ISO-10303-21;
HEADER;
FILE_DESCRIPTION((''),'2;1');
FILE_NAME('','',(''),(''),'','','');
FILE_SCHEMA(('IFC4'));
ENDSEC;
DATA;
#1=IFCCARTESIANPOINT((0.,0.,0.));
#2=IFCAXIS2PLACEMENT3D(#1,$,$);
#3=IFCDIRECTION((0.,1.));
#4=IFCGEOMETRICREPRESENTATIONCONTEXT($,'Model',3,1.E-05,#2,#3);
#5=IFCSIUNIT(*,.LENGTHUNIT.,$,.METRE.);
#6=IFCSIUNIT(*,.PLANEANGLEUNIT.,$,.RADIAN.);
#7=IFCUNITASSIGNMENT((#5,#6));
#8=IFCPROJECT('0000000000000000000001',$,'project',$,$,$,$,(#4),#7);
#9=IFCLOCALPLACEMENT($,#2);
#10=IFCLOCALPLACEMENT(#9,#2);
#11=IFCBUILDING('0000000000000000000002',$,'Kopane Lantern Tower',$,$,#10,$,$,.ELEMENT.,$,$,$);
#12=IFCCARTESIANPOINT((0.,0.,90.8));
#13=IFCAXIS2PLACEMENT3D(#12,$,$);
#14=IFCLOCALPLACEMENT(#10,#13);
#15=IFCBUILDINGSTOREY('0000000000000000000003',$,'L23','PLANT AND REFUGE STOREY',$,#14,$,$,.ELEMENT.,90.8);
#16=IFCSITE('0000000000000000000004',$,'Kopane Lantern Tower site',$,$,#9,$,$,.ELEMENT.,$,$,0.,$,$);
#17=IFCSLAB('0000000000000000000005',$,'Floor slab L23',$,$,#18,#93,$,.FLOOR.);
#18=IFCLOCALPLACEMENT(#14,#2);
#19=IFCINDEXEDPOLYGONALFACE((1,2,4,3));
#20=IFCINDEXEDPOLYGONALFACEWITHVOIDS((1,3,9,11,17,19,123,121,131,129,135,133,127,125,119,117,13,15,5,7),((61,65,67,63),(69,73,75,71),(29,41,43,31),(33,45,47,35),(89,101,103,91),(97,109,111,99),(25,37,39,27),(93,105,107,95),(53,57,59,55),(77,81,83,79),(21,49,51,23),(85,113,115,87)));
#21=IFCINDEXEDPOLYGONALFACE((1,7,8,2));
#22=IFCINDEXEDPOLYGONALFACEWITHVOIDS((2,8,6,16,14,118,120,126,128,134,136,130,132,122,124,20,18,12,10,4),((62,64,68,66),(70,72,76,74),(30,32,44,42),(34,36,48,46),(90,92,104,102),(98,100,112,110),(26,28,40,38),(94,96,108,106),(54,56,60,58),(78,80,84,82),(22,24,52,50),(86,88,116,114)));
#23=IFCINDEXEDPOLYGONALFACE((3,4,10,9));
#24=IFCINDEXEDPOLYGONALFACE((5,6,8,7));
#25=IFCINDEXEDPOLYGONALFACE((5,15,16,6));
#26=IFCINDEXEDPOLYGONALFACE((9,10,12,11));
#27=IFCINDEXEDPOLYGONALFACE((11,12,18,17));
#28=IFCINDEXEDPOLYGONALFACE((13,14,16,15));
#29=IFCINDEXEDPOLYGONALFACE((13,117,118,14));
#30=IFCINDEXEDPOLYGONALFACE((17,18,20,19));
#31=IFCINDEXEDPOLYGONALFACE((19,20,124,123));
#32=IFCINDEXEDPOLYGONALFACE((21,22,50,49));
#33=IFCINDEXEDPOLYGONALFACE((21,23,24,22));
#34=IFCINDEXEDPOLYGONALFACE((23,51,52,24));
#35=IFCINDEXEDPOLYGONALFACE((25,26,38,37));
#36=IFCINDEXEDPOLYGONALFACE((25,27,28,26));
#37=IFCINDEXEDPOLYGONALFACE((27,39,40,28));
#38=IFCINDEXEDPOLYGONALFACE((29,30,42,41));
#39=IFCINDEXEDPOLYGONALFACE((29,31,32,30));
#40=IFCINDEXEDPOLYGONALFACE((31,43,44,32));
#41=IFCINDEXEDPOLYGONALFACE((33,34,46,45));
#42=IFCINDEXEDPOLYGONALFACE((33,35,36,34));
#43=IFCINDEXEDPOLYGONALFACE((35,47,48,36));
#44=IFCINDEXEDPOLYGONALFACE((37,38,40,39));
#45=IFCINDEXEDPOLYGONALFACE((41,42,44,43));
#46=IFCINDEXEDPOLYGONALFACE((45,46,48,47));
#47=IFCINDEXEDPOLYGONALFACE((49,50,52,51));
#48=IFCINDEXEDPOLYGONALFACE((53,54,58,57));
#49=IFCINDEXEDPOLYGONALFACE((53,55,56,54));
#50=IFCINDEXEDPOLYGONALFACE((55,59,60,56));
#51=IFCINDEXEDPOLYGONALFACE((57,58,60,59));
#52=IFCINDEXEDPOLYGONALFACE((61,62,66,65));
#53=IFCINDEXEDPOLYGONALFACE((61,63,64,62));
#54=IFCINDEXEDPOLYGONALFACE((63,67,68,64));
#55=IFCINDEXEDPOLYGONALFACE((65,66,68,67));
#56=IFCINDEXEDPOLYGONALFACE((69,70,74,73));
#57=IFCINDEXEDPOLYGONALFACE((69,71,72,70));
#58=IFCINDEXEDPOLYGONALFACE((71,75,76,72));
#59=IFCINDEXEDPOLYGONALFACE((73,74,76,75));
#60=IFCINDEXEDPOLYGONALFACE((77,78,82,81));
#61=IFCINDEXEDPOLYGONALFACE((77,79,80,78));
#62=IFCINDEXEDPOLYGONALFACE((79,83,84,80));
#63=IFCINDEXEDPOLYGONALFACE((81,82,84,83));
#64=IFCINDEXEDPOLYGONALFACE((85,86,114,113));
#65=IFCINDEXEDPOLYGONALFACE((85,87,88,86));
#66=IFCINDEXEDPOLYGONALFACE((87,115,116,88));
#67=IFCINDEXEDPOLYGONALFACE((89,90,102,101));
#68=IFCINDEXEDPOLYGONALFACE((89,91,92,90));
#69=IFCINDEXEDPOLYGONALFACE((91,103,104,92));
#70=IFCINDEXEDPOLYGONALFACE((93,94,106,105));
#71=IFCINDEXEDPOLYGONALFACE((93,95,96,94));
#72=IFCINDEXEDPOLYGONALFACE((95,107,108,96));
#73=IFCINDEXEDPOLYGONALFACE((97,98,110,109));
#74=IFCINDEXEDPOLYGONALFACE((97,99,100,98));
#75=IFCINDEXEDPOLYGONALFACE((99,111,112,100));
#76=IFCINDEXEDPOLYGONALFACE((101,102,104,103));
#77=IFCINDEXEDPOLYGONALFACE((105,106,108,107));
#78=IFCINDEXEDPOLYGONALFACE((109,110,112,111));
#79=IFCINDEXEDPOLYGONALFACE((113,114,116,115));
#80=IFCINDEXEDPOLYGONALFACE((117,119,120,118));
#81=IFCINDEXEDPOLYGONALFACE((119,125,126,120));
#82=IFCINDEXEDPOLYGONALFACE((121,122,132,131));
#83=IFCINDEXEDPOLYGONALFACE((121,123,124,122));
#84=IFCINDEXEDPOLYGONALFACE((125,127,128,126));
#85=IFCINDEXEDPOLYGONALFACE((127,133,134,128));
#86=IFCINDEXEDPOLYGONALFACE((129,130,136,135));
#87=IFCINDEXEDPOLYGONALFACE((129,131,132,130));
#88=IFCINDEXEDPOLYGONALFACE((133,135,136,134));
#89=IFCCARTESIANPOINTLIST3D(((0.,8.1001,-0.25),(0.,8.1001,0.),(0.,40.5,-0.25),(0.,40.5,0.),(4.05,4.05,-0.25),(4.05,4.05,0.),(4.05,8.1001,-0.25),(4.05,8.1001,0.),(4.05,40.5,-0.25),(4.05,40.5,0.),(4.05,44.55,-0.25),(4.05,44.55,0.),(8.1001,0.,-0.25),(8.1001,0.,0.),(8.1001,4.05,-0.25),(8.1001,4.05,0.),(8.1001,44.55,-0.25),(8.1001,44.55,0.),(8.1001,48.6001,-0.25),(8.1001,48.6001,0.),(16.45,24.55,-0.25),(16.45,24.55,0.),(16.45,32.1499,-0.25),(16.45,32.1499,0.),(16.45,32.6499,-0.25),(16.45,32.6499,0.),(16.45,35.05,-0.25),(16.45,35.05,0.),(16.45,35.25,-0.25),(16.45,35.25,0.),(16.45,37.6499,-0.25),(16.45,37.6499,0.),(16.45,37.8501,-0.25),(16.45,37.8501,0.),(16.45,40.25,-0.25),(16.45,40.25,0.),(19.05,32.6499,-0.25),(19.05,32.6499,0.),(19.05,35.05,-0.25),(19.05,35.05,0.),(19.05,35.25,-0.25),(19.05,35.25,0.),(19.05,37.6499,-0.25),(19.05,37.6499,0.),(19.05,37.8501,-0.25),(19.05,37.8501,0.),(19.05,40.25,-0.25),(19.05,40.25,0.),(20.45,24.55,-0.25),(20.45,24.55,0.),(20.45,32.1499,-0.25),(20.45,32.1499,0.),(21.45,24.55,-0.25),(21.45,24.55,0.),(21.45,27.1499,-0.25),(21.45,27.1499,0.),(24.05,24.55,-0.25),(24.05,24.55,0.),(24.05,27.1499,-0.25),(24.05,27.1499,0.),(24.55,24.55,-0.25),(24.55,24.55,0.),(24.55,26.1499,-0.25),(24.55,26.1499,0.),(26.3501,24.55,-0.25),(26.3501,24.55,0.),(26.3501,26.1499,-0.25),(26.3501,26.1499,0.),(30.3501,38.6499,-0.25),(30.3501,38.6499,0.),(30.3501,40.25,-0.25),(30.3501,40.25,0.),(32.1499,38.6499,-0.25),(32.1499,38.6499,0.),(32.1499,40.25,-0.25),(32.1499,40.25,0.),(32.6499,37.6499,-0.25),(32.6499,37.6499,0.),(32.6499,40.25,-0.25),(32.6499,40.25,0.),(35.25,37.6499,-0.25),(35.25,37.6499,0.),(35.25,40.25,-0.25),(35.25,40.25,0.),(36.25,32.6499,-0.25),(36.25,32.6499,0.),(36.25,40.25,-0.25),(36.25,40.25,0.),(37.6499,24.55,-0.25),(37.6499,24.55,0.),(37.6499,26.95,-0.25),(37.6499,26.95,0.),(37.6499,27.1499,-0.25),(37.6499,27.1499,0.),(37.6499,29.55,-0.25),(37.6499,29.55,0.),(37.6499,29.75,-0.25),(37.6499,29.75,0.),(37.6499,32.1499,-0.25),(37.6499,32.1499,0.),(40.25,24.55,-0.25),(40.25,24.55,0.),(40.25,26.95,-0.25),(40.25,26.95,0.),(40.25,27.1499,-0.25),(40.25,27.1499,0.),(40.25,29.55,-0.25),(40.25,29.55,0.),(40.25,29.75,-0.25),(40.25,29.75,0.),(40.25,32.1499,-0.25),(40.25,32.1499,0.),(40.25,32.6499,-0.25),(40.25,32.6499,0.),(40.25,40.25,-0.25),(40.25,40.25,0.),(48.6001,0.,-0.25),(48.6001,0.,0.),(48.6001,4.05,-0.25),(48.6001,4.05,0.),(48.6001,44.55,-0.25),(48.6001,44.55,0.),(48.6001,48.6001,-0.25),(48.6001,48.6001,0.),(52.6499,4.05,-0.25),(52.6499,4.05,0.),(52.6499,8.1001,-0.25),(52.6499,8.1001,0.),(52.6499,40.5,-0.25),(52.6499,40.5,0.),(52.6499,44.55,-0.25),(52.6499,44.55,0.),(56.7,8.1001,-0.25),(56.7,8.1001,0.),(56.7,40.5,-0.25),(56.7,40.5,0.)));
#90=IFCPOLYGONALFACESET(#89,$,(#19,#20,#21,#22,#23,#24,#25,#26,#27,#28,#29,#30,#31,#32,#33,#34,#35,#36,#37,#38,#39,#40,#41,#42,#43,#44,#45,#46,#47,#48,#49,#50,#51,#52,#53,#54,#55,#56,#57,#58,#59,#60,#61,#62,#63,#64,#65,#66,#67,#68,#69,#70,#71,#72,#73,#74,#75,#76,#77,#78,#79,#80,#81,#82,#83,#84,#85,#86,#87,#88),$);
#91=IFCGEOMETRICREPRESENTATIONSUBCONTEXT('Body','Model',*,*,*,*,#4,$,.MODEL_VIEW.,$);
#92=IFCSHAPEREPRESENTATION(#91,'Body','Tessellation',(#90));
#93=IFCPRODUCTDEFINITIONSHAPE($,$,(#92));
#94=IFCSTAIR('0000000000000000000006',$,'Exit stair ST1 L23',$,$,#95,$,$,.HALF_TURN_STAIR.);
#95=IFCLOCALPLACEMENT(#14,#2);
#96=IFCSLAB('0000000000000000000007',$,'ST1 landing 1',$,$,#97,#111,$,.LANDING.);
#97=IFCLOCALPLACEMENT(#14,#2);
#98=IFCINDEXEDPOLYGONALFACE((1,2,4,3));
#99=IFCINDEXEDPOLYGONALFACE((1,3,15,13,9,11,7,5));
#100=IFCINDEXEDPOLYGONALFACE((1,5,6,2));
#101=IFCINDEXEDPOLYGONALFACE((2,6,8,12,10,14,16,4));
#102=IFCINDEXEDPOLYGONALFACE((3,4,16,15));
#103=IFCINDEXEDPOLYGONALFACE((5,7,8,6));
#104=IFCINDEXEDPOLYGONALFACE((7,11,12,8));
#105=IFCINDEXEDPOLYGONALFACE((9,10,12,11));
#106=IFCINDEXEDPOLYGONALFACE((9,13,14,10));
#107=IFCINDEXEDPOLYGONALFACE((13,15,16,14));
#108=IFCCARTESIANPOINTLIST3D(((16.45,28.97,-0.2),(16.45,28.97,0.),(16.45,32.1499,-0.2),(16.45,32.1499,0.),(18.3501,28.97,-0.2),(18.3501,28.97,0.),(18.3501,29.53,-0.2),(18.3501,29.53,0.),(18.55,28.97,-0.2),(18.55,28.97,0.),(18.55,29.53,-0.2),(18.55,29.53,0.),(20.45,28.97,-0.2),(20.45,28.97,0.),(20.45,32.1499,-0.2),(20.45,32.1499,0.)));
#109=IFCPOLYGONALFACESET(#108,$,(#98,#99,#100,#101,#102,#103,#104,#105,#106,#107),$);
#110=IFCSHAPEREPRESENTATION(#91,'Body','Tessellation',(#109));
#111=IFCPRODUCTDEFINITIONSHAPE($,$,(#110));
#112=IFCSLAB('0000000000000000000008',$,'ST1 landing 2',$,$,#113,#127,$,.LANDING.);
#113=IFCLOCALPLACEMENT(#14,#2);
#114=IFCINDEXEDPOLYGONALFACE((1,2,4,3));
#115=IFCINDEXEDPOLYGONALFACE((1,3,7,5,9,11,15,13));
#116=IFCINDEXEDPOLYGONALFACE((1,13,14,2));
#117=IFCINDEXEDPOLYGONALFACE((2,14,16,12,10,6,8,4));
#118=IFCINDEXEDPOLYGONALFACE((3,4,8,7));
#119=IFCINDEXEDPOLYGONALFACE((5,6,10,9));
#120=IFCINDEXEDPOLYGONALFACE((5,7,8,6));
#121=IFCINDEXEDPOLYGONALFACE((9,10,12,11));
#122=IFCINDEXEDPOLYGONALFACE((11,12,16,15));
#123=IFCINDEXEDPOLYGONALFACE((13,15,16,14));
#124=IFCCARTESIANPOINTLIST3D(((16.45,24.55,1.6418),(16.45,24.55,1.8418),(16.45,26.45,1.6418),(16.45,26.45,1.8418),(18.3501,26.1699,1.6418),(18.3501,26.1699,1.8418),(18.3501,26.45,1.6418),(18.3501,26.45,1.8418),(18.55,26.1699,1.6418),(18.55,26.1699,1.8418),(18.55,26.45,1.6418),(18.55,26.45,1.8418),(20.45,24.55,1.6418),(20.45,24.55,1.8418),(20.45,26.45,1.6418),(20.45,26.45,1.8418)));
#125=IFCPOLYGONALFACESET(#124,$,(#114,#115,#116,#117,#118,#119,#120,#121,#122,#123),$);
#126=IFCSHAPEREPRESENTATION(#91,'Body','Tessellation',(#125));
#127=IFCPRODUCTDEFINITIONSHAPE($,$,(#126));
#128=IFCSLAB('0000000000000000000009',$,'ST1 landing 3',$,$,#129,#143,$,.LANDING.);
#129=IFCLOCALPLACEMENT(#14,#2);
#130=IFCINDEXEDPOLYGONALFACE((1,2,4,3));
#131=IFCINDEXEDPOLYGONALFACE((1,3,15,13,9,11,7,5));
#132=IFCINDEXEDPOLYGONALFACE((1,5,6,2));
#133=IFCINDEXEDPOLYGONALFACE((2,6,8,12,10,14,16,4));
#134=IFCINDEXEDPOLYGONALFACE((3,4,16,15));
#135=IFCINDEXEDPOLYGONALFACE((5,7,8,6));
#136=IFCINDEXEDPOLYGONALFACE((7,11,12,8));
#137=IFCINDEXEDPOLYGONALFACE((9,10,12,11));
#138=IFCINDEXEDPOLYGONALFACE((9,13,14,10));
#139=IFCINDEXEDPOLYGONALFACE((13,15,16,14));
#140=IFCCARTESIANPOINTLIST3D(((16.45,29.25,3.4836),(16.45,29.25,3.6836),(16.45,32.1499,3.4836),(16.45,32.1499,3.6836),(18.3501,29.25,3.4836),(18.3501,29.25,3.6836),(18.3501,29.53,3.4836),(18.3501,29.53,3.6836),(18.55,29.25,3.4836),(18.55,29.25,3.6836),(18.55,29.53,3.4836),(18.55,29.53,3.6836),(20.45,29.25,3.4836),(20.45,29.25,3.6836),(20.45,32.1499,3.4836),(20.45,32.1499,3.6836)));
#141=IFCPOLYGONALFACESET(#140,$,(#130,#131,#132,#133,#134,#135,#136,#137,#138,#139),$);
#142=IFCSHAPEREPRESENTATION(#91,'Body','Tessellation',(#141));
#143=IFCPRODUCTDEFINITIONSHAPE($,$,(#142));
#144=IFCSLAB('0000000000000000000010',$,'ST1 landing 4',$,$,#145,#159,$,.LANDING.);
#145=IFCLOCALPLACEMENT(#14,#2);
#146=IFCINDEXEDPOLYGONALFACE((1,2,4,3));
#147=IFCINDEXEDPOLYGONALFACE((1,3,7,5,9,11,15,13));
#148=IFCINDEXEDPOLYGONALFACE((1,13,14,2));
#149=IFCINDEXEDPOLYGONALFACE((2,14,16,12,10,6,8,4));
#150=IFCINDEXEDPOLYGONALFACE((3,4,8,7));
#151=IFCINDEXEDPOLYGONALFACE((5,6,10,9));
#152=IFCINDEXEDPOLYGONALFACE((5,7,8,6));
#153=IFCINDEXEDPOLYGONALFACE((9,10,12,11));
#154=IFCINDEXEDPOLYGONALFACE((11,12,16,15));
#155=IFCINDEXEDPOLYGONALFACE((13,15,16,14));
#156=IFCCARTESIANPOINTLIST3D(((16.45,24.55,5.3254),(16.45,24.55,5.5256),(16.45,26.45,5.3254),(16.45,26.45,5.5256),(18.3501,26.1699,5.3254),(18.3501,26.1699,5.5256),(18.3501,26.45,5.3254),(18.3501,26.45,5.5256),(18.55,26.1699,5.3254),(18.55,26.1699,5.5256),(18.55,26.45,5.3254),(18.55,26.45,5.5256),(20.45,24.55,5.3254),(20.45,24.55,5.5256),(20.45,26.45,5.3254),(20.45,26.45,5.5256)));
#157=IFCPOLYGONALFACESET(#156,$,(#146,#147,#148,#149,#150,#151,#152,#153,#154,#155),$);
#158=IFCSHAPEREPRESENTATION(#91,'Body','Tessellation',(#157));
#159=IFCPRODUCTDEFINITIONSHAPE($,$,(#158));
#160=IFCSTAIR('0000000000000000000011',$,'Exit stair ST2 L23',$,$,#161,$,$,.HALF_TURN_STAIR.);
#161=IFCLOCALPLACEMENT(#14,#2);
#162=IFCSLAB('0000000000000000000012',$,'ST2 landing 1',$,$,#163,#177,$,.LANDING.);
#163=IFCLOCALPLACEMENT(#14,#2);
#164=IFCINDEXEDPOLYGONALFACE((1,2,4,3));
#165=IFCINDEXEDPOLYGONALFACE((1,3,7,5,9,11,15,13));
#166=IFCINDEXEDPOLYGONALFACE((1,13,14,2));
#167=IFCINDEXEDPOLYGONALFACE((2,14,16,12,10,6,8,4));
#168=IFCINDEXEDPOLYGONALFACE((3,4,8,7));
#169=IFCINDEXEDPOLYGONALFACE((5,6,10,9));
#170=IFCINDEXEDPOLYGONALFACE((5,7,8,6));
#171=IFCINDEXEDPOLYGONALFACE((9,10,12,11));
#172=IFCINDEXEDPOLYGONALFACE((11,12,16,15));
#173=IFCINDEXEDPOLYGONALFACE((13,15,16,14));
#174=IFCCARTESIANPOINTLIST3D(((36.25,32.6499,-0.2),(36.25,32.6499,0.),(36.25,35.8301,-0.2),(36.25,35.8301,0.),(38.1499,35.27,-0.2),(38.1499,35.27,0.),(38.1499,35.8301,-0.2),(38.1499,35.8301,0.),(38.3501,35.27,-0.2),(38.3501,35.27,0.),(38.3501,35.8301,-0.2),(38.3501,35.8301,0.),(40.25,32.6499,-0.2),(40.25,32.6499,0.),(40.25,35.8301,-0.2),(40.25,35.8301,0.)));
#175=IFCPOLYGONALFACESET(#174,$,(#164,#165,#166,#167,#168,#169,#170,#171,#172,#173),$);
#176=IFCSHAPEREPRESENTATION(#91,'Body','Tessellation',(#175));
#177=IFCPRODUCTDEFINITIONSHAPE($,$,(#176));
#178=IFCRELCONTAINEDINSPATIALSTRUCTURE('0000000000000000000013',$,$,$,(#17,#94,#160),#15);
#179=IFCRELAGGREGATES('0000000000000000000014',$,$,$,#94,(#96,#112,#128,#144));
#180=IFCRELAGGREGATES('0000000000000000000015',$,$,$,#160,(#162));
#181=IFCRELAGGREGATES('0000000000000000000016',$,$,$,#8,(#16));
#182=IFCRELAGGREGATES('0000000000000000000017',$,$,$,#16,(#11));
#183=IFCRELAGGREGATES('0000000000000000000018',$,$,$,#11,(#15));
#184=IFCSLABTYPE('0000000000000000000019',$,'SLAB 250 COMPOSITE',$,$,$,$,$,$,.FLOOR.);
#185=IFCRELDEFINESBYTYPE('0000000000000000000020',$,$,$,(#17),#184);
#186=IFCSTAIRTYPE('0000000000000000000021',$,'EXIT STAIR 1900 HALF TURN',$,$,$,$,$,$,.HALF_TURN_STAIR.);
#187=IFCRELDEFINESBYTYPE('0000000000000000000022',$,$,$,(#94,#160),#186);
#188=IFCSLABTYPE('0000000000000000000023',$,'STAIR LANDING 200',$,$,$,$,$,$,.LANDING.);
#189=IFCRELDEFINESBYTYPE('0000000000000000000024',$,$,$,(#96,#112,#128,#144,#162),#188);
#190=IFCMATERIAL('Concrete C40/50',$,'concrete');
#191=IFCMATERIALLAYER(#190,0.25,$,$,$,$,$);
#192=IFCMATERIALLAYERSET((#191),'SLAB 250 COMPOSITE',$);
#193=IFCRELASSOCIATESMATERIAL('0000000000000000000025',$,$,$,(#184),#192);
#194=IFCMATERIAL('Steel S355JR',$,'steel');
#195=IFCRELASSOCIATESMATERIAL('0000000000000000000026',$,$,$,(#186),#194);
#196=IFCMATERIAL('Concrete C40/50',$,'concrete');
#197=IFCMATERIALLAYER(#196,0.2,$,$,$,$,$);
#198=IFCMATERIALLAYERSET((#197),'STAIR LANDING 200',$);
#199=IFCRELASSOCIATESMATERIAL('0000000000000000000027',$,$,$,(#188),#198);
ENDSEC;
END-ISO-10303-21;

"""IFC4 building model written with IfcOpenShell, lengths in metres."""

from ifc_helpers import new_model, si_unit, direction, frame, origin, place, context, subcontext, project, spatial, polyline, outline, extrude, material, layer, layer_set, type_object, element, aggregate, save


model = new_model("IFC4")

# Units and contexts
model_context = context("Model", 3, precision=1e-05, world=origin(), true_north=direction((0.0, 1.0)))
body_context = subcontext(model_context, "Body", "Model", "MODEL_VIEW")
ifc_project = project(units=[si_unit("LENGTHUNIT", "METRE"), si_unit("PLANEANGLEUNIT", "RADIAN")], contexts=[model_context])

# Site, building, storey
site_placement = place(None, origin())
site = spatial("IfcSite", under=ifc_project, at=site_placement, Name="Kopane Lantern Tower site", CompositionType="ELEMENT", RefElevation=0.0)
building_placement = place(site_placement, origin())
building = spatial("IfcBuilding", under=site, at=building_placement, Name="Kopane Lantern Tower", CompositionType="ELEMENT")
storey_placement = place(building_placement, frame((0.0, 0.0, 90.8)))
storey = spatial("IfcBuildingStorey", under=building, at=storey_placement, Name="L23", Description="PLANT AND REFUGE STOREY", CompositionType="ELEMENT", Elevation=90.8)

# Slab
ifc_material_1 = material(Name="Concrete C40/50", Category="concrete")
ifc_layer_1 = layer(ifc_material_1, 0.25)
ifc_layer_set_1 = layer_set([ifc_layer_1], Name="SLAB 250 COMPOSITE")
slab_type_1 = type_object("IfcSlabType", Name="SLAB 250 COMPOSITE", PredefinedType="FLOOR", material=ifc_layer_set_1)
slab_1_placement = place(storey_placement, frame((0.0, 0.0, -0.25)))
element("IfcSlab", 1, at=slab_1_placement, inside=storey, type_object=slab_type_1, Name="Floor slab L23", PredefinedType="FLOOR", context=body_context, shape_type="SweptSolid", body=[
    extrude(outline(polyline([(8.1001, 0.0), (48.6001, 0.0), (48.6001, 4.05), (52.6499, 4.05), (52.6499, 8.1001), (56.7, 8.1001), (56.7, 40.5), (52.6499, 40.5), (52.6499, 44.55), (48.6001, 44.55), (48.6001, 48.6001), (8.1001, 48.6001), (8.1001, 44.55), (4.05, 44.55), (4.05, 40.5), (0.0, 40.5), (0.0, 8.1001), (4.05, 8.1001), (4.05, 4.05), (8.1001, 4.05), (8.1001, 0.0)]), holes=[polyline([(16.45, 24.55), (20.45, 24.55), (20.45, 32.1499), (16.45, 32.1499), (16.45, 24.55)]), polyline([(36.25, 32.6499), (40.25, 32.6499), (40.25, 40.25), (36.25, 40.25), (36.25, 32.6499)]), polyline([(16.45, 32.6499), (19.05, 32.6499), (19.05, 35.05), (16.45, 35.05), (16.45, 32.6499)]), polyline([(16.45, 35.25), (19.05, 35.25), (19.05, 37.6499), (16.45, 37.6499), (16.45, 35.25)]), polyline([(16.45, 37.8501), (19.05, 37.8501), (19.05, 40.25), (16.45, 40.25), (16.45, 37.8501)]), polyline([(37.6499, 24.55), (40.25, 24.55), (40.25, 26.95), (37.6499, 26.95), (37.6499, 24.55)]), polyline([(37.6499, 27.1499), (40.25, 27.1499), (40.25, 29.55), (37.6499, 29.55), (37.6499, 27.1499)]), polyline([(37.6499, 29.75), (40.25, 29.75), (40.25, 32.1499), (37.6499, 32.1499), (37.6499, 29.75)]), polyline([(21.45, 24.55), (24.05, 24.55), (24.05, 27.1499), (21.45, 27.1499), (21.45, 24.55)]), polyline([(32.6499, 37.6499), (35.25, 37.6499), (35.25, 40.25), (32.6499, 40.25), (32.6499, 37.6499)]), polyline([(24.55, 24.55), (26.3501, 24.55), (26.3501, 26.1499), (24.55, 26.1499), (24.55, 24.55)]), polyline([(30.3501, 38.6499), (32.1499, 38.6499), (32.1499, 40.25), (30.3501, 40.25), (30.3501, 38.6499)])]), origin(), (0.0, 0.0, 1.0), 0.25),
])

# Stairs, slabs
ifc_material_2 = material(Name="Steel S355JR", Category="steel")
stair_type = type_object("IfcStairType", Name="EXIT STAIR 1900 HALF TURN", PredefinedType="HALF_TURN_STAIR", material=ifc_material_2)
stair_1_placement = place(storey_placement, origin())
stair_1 = element("IfcStair", 2, at=stair_1_placement, inside=storey, type_object=stair_type, Name="Exit stair ST1 L23", PredefinedType="HALF_TURN_STAIR")
ifc_material_3 = material(Name="Concrete C40/50", Category="concrete")
ifc_layer_2 = layer(ifc_material_3, 0.2)
ifc_layer_set_2 = layer_set([ifc_layer_2], Name="STAIR LANDING 200")
slab_type_2 = type_object("IfcSlabType", Name="STAIR LANDING 200", PredefinedType="LANDING", material=ifc_layer_set_2)
slab_2_placement = place(storey_placement, frame((0.0, 0.0, -0.2)))
slab_2 = element("IfcSlab", 3, at=slab_2_placement, type_object=slab_type_2, Name="ST1 landing 1", PredefinedType="LANDING", context=body_context, shape_type="SweptSolid", body=[
    extrude(outline(polyline([(18.3501, 29.53), (18.55, 29.53), (18.55, 28.97), (20.45, 28.97), (20.45, 32.1499), (16.45, 32.1499), (16.45, 28.97), (18.3501, 28.97), (18.3501, 29.53)])), origin(), (0.0, 0.0, 1.0), 0.2),
])
slab_3_placement = place(storey_placement, frame((0.0, 0.0, 1.6418)))
slab_3 = element("IfcSlab", 4, at=slab_3_placement, type_object=slab_type_2, Name="ST1 landing 2", PredefinedType="LANDING", context=body_context, shape_type="SweptSolid", body=[
    extrude(outline(polyline([(20.45, 26.45), (18.55, 26.45), (18.55, 26.1699), (18.3501, 26.1699), (18.3501, 26.45), (16.45, 26.45), (16.45, 24.55), (20.45, 24.55), (20.45, 26.45)])), origin(), (0.0, 0.0, 1.0), 0.2),
])
slab_4_placement = place(storey_placement, frame((0.0, 0.0, 3.4836)))
slab_4 = element("IfcSlab", 5, at=slab_4_placement, type_object=slab_type_2, Name="ST1 landing 3", PredefinedType="LANDING", context=body_context, shape_type="SweptSolid", body=[
    extrude(outline(polyline([(18.3501, 29.53), (18.55, 29.53), (18.55, 29.25), (20.45, 29.25), (20.45, 32.1499), (16.45, 32.1499), (16.45, 29.25), (18.3501, 29.25), (18.3501, 29.53)])), origin(), (0.0, 0.0, 1.0), 0.2),
])
slab_5_placement = place(storey_placement, frame((0.0, 0.0, 5.3254)))
slab_5 = element("IfcSlab", 6, at=slab_5_placement, type_object=slab_type_2, Name="ST1 landing 4", PredefinedType="LANDING", context=body_context, shape_type="SweptSolid", body=[
    extrude(outline(polyline([(20.45, 26.45), (18.55, 26.45), (18.55, 26.1699), (18.3501, 26.1699), (18.3501, 26.45), (16.45, 26.45), (16.45, 24.55), (20.45, 24.55), (20.45, 26.45)])), origin(), (0.0, 0.0, 1.0), 0.2002),
])
aggregate(stair_1, [slab_2, slab_3, slab_4, slab_5])
stair_2_placement = place(storey_placement, origin())
stair_2 = element("IfcStair", 7, at=stair_2_placement, inside=storey, type_object=stair_type, Name="Exit stair ST2 L23", PredefinedType="HALF_TURN_STAIR")
slab_6_placement = place(storey_placement, frame((0.0, 0.0, -0.2)))
slab_6 = element("IfcSlab", 8, at=slab_6_placement, type_object=slab_type_2, Name="ST2 landing 1", PredefinedType="LANDING", context=body_context, shape_type="SweptSolid", body=[
    extrude(outline(polyline([(40.25, 35.8301), (38.3501, 35.8301), (38.3501, 35.27), (38.1499, 35.27), (38.1499, 35.8301), (36.25, 35.8301), (36.25, 32.6499), (40.25, 32.6499), (40.25, 35.8301)])), origin(), (0.0, 0.0, 1.0), 0.2),
])
aggregate(stair_2, [slab_6])

save(model, "model.ifc")
